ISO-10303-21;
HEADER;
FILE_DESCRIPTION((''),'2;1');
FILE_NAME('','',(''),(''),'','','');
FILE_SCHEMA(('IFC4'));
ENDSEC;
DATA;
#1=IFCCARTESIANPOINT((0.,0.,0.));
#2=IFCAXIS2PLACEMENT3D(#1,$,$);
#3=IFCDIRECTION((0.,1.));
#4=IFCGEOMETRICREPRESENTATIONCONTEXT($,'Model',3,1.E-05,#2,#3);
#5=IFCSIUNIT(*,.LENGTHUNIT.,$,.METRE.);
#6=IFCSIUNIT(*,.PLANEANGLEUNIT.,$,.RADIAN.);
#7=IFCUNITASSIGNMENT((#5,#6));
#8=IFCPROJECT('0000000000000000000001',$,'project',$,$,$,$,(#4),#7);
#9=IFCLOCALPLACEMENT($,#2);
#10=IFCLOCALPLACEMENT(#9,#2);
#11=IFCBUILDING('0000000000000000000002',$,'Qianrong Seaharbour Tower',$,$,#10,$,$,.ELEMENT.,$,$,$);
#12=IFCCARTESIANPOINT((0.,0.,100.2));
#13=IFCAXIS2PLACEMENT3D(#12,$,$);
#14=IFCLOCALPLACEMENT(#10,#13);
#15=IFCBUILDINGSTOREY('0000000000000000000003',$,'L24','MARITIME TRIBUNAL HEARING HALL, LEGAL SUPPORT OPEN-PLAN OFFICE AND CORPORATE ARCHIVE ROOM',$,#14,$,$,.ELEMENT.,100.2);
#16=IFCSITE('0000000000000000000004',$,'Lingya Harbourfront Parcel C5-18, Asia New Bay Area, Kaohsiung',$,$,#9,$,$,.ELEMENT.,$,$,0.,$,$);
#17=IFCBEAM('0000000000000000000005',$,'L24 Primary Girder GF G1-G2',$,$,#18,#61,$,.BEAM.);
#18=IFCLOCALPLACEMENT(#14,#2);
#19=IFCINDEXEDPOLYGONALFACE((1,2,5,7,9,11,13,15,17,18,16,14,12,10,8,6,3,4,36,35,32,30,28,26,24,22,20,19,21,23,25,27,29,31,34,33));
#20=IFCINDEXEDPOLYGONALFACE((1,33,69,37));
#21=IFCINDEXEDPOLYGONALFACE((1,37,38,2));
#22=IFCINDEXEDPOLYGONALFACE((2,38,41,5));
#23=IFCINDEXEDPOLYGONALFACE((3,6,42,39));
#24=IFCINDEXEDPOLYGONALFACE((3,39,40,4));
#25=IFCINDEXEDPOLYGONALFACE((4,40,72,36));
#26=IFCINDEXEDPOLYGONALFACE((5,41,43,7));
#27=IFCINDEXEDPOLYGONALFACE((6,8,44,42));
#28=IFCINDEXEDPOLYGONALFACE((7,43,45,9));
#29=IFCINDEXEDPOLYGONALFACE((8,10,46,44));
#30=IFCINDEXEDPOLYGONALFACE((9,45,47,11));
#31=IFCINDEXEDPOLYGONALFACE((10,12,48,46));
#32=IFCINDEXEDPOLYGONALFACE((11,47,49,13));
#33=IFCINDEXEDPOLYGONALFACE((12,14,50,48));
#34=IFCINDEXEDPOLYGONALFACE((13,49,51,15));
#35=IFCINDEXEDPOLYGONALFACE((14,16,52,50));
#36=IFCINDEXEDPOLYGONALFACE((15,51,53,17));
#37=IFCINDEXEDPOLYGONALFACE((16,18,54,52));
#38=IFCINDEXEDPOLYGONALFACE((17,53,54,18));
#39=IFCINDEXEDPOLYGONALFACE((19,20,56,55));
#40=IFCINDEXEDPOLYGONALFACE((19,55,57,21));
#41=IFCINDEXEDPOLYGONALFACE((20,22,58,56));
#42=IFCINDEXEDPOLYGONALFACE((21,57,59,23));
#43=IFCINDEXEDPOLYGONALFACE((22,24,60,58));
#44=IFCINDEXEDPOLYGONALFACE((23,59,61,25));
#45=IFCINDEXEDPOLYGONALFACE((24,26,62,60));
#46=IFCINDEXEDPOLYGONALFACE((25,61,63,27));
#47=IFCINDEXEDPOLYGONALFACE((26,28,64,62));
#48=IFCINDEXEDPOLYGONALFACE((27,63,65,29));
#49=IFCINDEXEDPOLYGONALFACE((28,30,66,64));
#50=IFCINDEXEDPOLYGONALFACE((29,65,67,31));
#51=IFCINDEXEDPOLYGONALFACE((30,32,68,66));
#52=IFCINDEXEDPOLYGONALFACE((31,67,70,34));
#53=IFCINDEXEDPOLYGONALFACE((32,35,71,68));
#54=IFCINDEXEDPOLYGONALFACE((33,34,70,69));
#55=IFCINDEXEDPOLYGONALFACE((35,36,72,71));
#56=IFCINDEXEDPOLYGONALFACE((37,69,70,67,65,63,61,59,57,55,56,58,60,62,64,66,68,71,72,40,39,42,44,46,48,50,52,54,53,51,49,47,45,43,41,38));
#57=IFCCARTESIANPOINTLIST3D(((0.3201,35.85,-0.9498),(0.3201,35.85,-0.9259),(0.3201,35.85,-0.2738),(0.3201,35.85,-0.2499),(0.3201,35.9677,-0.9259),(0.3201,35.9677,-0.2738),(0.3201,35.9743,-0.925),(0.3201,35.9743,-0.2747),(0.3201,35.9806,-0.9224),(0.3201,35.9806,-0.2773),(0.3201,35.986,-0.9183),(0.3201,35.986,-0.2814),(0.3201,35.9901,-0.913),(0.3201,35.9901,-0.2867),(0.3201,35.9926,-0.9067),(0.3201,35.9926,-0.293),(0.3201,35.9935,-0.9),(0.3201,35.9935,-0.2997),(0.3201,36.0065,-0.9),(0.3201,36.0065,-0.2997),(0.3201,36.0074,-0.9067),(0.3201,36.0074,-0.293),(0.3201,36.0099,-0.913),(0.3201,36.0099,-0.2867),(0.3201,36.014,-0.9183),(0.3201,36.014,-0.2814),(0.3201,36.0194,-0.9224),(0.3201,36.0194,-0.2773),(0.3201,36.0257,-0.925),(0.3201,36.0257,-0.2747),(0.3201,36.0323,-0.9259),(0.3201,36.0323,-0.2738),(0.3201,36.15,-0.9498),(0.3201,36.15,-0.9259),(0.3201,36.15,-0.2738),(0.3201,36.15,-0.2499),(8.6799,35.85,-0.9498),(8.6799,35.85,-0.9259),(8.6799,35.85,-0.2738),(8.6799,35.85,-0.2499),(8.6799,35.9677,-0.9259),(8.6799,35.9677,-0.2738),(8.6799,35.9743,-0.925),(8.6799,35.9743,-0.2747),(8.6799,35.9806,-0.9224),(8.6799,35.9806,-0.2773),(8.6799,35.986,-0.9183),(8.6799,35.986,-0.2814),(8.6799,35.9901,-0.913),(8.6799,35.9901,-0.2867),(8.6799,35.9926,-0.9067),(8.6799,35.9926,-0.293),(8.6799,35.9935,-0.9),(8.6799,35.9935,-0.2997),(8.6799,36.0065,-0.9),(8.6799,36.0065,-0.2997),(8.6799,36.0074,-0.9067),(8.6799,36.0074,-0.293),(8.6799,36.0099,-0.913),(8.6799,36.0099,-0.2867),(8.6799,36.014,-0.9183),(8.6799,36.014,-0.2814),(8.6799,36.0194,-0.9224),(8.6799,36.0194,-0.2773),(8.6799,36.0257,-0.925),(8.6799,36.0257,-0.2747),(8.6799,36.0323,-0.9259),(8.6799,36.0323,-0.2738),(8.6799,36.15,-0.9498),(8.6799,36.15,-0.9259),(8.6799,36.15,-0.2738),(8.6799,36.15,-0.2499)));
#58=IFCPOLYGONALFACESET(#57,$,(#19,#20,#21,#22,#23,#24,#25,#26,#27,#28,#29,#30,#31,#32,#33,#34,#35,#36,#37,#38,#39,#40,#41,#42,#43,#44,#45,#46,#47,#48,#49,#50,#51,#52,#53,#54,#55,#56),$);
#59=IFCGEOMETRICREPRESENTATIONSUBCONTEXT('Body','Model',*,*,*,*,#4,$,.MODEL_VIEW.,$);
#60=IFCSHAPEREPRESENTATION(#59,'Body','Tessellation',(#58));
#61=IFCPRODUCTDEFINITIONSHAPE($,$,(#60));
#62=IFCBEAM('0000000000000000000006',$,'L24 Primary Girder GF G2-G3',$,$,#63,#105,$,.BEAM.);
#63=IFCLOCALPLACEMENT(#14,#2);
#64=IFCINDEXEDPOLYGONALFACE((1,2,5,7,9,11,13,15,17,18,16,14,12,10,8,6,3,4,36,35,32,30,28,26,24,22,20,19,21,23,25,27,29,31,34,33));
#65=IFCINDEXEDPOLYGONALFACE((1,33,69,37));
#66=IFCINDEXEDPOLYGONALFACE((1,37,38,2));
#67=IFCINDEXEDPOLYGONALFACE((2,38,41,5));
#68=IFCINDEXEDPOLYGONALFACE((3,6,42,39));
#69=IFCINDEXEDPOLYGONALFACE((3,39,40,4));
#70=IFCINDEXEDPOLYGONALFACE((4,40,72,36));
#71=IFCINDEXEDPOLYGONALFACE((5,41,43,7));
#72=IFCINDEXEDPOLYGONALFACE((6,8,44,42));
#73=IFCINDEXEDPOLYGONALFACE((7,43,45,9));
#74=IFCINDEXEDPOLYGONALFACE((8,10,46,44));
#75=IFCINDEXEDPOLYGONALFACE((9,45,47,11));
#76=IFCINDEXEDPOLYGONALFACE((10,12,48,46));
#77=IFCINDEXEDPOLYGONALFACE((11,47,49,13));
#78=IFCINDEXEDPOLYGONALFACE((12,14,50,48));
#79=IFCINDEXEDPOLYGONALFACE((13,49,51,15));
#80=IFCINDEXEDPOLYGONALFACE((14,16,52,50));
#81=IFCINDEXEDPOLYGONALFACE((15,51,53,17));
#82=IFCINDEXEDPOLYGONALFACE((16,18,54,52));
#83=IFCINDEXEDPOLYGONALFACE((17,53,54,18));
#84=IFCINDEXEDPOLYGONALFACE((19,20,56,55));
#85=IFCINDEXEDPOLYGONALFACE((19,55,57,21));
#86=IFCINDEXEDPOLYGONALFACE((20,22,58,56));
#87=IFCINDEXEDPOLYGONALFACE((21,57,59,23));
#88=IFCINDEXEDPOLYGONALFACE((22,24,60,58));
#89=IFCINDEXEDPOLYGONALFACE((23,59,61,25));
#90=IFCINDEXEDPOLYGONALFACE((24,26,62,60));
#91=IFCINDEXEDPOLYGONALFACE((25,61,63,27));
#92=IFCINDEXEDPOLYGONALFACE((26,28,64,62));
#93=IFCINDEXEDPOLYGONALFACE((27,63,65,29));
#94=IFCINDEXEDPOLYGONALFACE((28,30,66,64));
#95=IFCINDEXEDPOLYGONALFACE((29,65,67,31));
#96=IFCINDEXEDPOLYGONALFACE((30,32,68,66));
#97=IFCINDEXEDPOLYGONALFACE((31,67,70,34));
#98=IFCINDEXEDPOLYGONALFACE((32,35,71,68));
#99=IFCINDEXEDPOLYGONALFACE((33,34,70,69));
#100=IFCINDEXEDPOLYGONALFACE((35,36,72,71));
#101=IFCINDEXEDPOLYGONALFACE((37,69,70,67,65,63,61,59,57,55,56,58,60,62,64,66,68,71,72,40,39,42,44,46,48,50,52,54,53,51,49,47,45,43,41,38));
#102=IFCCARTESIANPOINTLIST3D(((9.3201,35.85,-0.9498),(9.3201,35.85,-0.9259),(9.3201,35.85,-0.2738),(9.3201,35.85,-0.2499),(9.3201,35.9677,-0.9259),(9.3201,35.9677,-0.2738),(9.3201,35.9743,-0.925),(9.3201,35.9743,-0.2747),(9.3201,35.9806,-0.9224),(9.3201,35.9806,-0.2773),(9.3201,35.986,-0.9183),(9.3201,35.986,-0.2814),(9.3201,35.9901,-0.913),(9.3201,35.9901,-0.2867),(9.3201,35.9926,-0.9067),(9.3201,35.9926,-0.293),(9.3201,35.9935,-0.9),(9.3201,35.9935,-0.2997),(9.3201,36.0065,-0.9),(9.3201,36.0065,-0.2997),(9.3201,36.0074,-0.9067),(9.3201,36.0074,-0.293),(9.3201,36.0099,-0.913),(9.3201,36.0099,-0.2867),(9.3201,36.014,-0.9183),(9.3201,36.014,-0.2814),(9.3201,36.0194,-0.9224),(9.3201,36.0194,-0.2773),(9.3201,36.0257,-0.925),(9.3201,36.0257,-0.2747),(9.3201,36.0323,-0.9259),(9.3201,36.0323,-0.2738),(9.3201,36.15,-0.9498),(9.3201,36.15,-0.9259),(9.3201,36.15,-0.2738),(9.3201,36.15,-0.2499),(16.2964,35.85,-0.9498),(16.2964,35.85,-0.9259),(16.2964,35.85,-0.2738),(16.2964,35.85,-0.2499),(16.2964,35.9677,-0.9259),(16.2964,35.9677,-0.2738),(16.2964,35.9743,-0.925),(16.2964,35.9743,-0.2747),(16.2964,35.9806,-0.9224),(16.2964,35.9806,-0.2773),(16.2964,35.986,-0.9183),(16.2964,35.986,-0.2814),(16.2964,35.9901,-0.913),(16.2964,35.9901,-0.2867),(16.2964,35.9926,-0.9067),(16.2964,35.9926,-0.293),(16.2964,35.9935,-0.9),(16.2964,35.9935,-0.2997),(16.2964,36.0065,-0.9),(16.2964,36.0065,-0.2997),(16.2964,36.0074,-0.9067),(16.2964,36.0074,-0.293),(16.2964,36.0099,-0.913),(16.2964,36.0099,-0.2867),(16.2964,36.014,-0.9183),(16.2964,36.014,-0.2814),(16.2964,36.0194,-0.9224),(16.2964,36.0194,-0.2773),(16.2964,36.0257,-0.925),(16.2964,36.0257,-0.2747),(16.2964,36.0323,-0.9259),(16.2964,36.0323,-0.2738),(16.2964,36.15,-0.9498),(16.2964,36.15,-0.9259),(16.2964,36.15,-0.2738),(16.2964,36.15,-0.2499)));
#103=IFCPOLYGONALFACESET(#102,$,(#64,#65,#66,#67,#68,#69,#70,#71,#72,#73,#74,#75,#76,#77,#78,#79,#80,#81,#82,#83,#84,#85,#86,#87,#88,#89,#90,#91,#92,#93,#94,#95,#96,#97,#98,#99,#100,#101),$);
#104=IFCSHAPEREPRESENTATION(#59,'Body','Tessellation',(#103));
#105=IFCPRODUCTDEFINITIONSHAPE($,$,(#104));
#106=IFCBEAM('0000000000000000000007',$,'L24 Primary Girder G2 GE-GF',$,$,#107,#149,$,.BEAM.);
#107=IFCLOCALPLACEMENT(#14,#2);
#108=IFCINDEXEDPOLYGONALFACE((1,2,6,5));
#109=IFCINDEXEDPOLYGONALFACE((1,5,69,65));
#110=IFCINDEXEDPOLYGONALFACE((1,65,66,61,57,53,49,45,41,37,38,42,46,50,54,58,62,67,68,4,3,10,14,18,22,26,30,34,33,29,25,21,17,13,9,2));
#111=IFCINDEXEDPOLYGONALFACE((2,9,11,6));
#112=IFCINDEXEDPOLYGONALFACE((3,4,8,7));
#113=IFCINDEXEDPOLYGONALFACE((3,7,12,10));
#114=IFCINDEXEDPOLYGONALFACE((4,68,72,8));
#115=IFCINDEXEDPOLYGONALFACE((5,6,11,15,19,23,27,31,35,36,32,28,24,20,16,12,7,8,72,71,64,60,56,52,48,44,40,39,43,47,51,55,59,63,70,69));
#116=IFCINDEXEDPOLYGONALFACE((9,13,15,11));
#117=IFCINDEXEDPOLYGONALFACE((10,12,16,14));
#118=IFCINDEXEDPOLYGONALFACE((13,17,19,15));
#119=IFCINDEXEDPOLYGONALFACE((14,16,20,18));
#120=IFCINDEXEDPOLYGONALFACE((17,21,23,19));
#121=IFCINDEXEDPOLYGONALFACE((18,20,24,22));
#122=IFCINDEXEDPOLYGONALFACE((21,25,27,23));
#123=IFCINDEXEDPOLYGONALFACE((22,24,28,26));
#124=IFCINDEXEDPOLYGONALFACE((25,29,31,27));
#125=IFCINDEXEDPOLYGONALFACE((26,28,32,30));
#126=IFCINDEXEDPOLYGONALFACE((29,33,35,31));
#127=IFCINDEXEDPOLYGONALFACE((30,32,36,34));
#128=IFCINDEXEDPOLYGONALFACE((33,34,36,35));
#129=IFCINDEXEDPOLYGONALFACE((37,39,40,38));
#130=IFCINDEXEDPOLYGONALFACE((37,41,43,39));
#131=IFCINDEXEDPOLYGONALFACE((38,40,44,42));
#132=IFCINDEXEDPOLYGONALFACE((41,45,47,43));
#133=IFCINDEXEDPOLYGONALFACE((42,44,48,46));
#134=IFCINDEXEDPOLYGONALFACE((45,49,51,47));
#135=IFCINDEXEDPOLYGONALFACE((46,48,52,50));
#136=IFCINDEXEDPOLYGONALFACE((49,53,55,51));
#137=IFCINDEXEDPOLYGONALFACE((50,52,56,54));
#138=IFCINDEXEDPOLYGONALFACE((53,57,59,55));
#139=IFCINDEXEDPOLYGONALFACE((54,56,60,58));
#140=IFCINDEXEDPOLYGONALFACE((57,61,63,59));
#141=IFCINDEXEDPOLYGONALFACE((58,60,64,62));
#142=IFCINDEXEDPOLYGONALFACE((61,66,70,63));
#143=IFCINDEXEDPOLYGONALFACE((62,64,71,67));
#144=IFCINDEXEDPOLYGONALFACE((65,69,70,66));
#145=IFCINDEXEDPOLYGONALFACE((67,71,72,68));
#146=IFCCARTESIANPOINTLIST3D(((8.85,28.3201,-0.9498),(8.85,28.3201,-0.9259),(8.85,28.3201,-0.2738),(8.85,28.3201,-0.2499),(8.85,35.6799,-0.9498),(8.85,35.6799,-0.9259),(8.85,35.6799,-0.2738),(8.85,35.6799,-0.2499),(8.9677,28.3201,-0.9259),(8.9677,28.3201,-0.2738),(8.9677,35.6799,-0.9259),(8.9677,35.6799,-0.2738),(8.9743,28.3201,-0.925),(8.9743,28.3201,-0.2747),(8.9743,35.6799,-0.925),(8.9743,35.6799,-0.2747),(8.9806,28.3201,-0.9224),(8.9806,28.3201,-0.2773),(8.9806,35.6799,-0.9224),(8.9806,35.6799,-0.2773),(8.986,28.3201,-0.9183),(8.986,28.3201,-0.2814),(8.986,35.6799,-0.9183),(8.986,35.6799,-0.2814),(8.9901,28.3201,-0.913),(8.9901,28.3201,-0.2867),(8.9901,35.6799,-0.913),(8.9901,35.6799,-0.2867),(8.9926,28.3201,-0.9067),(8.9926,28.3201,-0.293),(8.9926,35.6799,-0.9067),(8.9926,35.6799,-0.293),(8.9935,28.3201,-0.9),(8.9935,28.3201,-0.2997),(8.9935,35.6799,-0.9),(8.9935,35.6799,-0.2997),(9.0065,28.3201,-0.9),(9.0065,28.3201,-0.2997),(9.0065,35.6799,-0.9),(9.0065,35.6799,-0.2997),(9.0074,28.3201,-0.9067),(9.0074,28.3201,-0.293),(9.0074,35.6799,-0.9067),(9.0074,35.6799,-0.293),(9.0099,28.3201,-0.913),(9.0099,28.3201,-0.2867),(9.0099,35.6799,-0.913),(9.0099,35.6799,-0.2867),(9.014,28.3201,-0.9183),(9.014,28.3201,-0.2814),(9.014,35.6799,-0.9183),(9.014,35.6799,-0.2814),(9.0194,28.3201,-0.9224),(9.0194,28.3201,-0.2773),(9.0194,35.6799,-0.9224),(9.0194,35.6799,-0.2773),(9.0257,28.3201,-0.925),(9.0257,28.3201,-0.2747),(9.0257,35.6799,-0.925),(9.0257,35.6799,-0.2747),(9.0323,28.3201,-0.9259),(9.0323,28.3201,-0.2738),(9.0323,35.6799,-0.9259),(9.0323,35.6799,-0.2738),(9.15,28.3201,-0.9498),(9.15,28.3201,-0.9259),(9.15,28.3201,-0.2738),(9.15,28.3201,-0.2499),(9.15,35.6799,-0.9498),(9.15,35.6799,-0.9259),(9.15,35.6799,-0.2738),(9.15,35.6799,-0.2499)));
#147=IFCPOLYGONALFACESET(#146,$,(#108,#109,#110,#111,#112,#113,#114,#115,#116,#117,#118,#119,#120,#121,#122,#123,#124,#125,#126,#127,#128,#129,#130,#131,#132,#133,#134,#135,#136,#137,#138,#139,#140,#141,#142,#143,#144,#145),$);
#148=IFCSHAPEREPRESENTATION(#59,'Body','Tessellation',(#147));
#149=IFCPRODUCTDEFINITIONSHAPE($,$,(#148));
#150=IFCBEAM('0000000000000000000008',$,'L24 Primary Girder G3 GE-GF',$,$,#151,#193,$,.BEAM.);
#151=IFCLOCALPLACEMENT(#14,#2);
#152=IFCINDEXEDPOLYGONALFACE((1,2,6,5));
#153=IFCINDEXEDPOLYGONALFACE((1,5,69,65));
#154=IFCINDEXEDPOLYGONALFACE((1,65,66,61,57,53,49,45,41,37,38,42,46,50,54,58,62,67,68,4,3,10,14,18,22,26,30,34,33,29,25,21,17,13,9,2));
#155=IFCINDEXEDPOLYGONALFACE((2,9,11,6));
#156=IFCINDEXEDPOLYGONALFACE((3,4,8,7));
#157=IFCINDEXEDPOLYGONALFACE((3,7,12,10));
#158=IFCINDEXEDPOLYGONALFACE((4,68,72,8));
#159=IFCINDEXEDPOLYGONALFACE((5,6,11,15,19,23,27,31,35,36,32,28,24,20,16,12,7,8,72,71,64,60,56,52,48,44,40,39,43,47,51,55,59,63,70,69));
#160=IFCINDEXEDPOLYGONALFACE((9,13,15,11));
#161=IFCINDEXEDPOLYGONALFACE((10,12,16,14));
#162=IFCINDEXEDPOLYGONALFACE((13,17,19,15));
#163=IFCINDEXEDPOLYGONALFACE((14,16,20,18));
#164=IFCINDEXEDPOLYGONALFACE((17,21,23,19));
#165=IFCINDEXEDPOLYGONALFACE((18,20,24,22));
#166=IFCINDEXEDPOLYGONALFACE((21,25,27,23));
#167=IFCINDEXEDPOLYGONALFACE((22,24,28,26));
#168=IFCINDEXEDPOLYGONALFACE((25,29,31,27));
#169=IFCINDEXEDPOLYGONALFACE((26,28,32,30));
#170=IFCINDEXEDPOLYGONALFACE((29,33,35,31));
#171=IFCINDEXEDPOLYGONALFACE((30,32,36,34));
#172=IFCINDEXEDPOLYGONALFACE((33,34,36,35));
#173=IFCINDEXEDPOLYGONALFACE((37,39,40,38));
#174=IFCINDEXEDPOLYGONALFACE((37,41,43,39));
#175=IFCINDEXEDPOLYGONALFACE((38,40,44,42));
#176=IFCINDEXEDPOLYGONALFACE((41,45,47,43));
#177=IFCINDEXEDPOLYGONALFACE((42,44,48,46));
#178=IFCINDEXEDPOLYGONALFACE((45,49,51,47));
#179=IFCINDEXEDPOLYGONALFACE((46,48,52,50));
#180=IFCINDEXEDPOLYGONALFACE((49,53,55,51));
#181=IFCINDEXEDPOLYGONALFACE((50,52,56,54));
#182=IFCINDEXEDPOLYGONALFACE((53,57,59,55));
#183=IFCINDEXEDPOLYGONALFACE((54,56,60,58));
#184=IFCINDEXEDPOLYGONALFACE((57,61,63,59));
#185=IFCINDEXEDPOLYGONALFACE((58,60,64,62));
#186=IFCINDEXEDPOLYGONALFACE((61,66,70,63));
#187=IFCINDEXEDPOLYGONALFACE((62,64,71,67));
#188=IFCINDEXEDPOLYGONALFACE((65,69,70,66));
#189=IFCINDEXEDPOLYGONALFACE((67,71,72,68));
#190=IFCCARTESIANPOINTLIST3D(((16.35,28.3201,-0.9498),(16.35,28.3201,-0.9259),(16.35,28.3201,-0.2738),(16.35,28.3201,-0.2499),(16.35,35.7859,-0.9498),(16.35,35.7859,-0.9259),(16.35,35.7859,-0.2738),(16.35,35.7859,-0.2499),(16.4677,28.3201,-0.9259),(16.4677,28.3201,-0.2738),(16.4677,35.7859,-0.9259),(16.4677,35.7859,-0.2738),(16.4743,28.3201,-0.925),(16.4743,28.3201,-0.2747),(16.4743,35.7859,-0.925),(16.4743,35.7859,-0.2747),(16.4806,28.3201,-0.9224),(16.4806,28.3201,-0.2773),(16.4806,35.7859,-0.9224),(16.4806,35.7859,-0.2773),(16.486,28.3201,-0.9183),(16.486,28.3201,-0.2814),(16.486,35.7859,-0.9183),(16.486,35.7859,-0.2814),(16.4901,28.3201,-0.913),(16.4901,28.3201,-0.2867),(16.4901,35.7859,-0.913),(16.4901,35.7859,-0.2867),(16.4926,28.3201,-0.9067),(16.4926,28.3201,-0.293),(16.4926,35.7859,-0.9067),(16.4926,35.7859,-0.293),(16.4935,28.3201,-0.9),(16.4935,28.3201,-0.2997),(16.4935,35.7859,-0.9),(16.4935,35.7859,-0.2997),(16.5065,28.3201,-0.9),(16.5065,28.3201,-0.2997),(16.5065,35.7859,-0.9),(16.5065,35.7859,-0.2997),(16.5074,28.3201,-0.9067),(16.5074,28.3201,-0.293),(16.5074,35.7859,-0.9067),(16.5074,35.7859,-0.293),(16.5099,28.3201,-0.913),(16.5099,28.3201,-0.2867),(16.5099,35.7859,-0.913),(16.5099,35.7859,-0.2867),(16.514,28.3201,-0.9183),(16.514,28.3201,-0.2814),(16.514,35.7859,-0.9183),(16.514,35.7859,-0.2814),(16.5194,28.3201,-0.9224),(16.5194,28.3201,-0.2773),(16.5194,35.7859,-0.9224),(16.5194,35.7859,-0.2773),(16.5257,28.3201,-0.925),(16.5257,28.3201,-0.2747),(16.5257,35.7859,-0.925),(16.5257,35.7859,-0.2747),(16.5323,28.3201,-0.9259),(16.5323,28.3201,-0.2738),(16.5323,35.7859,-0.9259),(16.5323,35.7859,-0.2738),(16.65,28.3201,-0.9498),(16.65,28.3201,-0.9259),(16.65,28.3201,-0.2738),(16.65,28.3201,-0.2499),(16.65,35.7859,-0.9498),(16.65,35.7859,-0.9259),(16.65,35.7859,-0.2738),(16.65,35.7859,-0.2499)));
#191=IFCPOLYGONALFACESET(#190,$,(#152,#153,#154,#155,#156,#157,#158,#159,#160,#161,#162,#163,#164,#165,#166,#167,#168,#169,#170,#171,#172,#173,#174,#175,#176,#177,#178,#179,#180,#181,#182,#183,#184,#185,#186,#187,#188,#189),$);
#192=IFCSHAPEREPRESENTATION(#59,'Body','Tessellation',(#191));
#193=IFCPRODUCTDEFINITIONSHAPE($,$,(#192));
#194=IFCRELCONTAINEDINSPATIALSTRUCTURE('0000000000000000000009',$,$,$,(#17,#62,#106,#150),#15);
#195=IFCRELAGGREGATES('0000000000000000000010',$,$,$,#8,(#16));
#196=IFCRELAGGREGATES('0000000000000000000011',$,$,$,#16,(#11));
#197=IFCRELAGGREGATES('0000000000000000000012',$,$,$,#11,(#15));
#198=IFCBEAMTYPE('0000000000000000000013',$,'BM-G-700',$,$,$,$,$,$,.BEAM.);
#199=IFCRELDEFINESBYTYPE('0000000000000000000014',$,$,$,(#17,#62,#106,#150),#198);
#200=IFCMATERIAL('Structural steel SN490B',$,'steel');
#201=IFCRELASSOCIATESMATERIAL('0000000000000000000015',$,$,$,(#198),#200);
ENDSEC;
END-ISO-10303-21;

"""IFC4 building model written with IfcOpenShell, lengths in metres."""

from ifc_helpers import new_model, si_unit, direction, frame, origin, origin_2d, place, context, subcontext, project, spatial, i_section, extrude, material, material_profile, profile_set, type_object, element, save


model = new_model("IFC4")

# Units and contexts
model_context = context("Model", 3, precision=1e-05, world=origin(), true_north=direction((0.0, 1.0)))
body_context = subcontext(model_context, "Body", "Model", "MODEL_VIEW")
ifc_project = project(units=[si_unit("LENGTHUNIT", "METRE"), si_unit("PLANEANGLEUNIT", "RADIAN")], contexts=[model_context])

# Site, building, storey
site_placement = place(None, origin())
site = spatial("IfcSite", under=ifc_project, at=site_placement, Name="Lingya Harbourfront Parcel C5-18, Asia New Bay Area, Kaohsiung", CompositionType="ELEMENT", RefElevation=0.0)
building_placement = place(site_placement, origin())
building = spatial("IfcBuilding", under=site, at=building_placement, Name="Qianrong Seaharbour Tower", CompositionType="ELEMENT")
storey_placement = place(building_placement, frame((0.0, 0.0, 100.2)))
storey = spatial("IfcBuildingStorey", under=building, at=storey_placement, Name="L24", Description="MARITIME TRIBUNAL HEARING HALL, LEGAL SUPPORT OPEN-PLAN OFFICE AND CORPORATE ARCHIVE ROOM", CompositionType="ELEMENT", Elevation=100.2)

# Shared definitions
ifc_material_1 = material(Name="Structural steel SN490B", Category="steel")

# Beams
ifc_material_profile_1 = material_profile(ifc_material_1, i_section(OverallWidth=0.3, OverallDepth=0.7, WebThickness=0.0129, FlangeThickness=0.0239, FilletRadius=0.0259, at=origin_2d()), Name="H700x300x13x24")
ifc_profile_set_1 = profile_set([ifc_material_profile_1], Name="Structural steel SN490B")
beam_type_1 = type_object("IfcBeamType", Name="BM-G-700", PredefinedType="BEAM", material=ifc_profile_set_1)
beam_1_placement = place(storey_placement, frame((0.3201, 36.0, -0.5999), z_axis=(1.0, 0.0, 0.0), x_axis=(0.0, 1.0, 0.0)))
element("IfcBeam", 1, at=beam_1_placement, inside=storey, type_object=beam_type_1, Name="L24 Primary Girder GF G1-G2", PredefinedType="BEAM", context=body_context, shape_type="SweptSolid", body=[
    extrude(i_section(OverallWidth=0.3, OverallDepth=0.7, WebThickness=0.0129, FlangeThickness=0.0239, FilletRadius=0.0259, at=origin_2d()), origin(), (0.0, 0.0, 1.0), 8.3599),
])
beam_2_placement = place(storey_placement, frame((9.3201, 36.0, -0.5999), z_axis=(1.0, 0.0, 0.0), x_axis=(0.0, 1.0, 0.0)))
element("IfcBeam", 2, at=beam_2_placement, inside=storey, type_object=beam_type_1, Name="L24 Primary Girder GF G2-G3", PredefinedType="BEAM", context=body_context, shape_type="SweptSolid", body=[
    extrude(i_section(OverallWidth=0.3, OverallDepth=0.7, WebThickness=0.0129, FlangeThickness=0.0239, FilletRadius=0.0259, at=origin_2d()), origin(), (0.0, 0.0, 1.0), 6.9763),
])
beam_3_placement = place(storey_placement, frame((9.0, 28.3201, -0.5999), z_axis=(0.0, 1.0, 0.0), x_axis=(-1.0, 0.0, 0.0)))
element("IfcBeam", 3, at=beam_3_placement, inside=storey, type_object=beam_type_1, Name="L24 Primary Girder G2 GE-GF", PredefinedType="BEAM", context=body_context, shape_type="SweptSolid", body=[
    extrude(i_section(OverallWidth=0.3, OverallDepth=0.7, WebThickness=0.0129, FlangeThickness=0.0239, FilletRadius=0.0259, at=origin_2d()), origin(), (0.0, 0.0, 1.0), 7.3599),
])
beam_4_placement = place(storey_placement, frame((16.5, 28.3201, -0.5999), z_axis=(0.0, 1.0, 0.0), x_axis=(-1.0, 0.0, 0.0)))
element("IfcBeam", 4, at=beam_4_placement, inside=storey, type_object=beam_type_1, Name="L24 Primary Girder G3 GE-GF", PredefinedType="BEAM", context=body_context, shape_type="SweptSolid", body=[
    extrude(i_section(OverallWidth=0.3, OverallDepth=0.7, WebThickness=0.0129, FlangeThickness=0.0239, FilletRadius=0.0259, at=origin_2d()), origin(), (0.0, 0.0, 1.0), 7.4658),
])

save(model, "model.ifc")
